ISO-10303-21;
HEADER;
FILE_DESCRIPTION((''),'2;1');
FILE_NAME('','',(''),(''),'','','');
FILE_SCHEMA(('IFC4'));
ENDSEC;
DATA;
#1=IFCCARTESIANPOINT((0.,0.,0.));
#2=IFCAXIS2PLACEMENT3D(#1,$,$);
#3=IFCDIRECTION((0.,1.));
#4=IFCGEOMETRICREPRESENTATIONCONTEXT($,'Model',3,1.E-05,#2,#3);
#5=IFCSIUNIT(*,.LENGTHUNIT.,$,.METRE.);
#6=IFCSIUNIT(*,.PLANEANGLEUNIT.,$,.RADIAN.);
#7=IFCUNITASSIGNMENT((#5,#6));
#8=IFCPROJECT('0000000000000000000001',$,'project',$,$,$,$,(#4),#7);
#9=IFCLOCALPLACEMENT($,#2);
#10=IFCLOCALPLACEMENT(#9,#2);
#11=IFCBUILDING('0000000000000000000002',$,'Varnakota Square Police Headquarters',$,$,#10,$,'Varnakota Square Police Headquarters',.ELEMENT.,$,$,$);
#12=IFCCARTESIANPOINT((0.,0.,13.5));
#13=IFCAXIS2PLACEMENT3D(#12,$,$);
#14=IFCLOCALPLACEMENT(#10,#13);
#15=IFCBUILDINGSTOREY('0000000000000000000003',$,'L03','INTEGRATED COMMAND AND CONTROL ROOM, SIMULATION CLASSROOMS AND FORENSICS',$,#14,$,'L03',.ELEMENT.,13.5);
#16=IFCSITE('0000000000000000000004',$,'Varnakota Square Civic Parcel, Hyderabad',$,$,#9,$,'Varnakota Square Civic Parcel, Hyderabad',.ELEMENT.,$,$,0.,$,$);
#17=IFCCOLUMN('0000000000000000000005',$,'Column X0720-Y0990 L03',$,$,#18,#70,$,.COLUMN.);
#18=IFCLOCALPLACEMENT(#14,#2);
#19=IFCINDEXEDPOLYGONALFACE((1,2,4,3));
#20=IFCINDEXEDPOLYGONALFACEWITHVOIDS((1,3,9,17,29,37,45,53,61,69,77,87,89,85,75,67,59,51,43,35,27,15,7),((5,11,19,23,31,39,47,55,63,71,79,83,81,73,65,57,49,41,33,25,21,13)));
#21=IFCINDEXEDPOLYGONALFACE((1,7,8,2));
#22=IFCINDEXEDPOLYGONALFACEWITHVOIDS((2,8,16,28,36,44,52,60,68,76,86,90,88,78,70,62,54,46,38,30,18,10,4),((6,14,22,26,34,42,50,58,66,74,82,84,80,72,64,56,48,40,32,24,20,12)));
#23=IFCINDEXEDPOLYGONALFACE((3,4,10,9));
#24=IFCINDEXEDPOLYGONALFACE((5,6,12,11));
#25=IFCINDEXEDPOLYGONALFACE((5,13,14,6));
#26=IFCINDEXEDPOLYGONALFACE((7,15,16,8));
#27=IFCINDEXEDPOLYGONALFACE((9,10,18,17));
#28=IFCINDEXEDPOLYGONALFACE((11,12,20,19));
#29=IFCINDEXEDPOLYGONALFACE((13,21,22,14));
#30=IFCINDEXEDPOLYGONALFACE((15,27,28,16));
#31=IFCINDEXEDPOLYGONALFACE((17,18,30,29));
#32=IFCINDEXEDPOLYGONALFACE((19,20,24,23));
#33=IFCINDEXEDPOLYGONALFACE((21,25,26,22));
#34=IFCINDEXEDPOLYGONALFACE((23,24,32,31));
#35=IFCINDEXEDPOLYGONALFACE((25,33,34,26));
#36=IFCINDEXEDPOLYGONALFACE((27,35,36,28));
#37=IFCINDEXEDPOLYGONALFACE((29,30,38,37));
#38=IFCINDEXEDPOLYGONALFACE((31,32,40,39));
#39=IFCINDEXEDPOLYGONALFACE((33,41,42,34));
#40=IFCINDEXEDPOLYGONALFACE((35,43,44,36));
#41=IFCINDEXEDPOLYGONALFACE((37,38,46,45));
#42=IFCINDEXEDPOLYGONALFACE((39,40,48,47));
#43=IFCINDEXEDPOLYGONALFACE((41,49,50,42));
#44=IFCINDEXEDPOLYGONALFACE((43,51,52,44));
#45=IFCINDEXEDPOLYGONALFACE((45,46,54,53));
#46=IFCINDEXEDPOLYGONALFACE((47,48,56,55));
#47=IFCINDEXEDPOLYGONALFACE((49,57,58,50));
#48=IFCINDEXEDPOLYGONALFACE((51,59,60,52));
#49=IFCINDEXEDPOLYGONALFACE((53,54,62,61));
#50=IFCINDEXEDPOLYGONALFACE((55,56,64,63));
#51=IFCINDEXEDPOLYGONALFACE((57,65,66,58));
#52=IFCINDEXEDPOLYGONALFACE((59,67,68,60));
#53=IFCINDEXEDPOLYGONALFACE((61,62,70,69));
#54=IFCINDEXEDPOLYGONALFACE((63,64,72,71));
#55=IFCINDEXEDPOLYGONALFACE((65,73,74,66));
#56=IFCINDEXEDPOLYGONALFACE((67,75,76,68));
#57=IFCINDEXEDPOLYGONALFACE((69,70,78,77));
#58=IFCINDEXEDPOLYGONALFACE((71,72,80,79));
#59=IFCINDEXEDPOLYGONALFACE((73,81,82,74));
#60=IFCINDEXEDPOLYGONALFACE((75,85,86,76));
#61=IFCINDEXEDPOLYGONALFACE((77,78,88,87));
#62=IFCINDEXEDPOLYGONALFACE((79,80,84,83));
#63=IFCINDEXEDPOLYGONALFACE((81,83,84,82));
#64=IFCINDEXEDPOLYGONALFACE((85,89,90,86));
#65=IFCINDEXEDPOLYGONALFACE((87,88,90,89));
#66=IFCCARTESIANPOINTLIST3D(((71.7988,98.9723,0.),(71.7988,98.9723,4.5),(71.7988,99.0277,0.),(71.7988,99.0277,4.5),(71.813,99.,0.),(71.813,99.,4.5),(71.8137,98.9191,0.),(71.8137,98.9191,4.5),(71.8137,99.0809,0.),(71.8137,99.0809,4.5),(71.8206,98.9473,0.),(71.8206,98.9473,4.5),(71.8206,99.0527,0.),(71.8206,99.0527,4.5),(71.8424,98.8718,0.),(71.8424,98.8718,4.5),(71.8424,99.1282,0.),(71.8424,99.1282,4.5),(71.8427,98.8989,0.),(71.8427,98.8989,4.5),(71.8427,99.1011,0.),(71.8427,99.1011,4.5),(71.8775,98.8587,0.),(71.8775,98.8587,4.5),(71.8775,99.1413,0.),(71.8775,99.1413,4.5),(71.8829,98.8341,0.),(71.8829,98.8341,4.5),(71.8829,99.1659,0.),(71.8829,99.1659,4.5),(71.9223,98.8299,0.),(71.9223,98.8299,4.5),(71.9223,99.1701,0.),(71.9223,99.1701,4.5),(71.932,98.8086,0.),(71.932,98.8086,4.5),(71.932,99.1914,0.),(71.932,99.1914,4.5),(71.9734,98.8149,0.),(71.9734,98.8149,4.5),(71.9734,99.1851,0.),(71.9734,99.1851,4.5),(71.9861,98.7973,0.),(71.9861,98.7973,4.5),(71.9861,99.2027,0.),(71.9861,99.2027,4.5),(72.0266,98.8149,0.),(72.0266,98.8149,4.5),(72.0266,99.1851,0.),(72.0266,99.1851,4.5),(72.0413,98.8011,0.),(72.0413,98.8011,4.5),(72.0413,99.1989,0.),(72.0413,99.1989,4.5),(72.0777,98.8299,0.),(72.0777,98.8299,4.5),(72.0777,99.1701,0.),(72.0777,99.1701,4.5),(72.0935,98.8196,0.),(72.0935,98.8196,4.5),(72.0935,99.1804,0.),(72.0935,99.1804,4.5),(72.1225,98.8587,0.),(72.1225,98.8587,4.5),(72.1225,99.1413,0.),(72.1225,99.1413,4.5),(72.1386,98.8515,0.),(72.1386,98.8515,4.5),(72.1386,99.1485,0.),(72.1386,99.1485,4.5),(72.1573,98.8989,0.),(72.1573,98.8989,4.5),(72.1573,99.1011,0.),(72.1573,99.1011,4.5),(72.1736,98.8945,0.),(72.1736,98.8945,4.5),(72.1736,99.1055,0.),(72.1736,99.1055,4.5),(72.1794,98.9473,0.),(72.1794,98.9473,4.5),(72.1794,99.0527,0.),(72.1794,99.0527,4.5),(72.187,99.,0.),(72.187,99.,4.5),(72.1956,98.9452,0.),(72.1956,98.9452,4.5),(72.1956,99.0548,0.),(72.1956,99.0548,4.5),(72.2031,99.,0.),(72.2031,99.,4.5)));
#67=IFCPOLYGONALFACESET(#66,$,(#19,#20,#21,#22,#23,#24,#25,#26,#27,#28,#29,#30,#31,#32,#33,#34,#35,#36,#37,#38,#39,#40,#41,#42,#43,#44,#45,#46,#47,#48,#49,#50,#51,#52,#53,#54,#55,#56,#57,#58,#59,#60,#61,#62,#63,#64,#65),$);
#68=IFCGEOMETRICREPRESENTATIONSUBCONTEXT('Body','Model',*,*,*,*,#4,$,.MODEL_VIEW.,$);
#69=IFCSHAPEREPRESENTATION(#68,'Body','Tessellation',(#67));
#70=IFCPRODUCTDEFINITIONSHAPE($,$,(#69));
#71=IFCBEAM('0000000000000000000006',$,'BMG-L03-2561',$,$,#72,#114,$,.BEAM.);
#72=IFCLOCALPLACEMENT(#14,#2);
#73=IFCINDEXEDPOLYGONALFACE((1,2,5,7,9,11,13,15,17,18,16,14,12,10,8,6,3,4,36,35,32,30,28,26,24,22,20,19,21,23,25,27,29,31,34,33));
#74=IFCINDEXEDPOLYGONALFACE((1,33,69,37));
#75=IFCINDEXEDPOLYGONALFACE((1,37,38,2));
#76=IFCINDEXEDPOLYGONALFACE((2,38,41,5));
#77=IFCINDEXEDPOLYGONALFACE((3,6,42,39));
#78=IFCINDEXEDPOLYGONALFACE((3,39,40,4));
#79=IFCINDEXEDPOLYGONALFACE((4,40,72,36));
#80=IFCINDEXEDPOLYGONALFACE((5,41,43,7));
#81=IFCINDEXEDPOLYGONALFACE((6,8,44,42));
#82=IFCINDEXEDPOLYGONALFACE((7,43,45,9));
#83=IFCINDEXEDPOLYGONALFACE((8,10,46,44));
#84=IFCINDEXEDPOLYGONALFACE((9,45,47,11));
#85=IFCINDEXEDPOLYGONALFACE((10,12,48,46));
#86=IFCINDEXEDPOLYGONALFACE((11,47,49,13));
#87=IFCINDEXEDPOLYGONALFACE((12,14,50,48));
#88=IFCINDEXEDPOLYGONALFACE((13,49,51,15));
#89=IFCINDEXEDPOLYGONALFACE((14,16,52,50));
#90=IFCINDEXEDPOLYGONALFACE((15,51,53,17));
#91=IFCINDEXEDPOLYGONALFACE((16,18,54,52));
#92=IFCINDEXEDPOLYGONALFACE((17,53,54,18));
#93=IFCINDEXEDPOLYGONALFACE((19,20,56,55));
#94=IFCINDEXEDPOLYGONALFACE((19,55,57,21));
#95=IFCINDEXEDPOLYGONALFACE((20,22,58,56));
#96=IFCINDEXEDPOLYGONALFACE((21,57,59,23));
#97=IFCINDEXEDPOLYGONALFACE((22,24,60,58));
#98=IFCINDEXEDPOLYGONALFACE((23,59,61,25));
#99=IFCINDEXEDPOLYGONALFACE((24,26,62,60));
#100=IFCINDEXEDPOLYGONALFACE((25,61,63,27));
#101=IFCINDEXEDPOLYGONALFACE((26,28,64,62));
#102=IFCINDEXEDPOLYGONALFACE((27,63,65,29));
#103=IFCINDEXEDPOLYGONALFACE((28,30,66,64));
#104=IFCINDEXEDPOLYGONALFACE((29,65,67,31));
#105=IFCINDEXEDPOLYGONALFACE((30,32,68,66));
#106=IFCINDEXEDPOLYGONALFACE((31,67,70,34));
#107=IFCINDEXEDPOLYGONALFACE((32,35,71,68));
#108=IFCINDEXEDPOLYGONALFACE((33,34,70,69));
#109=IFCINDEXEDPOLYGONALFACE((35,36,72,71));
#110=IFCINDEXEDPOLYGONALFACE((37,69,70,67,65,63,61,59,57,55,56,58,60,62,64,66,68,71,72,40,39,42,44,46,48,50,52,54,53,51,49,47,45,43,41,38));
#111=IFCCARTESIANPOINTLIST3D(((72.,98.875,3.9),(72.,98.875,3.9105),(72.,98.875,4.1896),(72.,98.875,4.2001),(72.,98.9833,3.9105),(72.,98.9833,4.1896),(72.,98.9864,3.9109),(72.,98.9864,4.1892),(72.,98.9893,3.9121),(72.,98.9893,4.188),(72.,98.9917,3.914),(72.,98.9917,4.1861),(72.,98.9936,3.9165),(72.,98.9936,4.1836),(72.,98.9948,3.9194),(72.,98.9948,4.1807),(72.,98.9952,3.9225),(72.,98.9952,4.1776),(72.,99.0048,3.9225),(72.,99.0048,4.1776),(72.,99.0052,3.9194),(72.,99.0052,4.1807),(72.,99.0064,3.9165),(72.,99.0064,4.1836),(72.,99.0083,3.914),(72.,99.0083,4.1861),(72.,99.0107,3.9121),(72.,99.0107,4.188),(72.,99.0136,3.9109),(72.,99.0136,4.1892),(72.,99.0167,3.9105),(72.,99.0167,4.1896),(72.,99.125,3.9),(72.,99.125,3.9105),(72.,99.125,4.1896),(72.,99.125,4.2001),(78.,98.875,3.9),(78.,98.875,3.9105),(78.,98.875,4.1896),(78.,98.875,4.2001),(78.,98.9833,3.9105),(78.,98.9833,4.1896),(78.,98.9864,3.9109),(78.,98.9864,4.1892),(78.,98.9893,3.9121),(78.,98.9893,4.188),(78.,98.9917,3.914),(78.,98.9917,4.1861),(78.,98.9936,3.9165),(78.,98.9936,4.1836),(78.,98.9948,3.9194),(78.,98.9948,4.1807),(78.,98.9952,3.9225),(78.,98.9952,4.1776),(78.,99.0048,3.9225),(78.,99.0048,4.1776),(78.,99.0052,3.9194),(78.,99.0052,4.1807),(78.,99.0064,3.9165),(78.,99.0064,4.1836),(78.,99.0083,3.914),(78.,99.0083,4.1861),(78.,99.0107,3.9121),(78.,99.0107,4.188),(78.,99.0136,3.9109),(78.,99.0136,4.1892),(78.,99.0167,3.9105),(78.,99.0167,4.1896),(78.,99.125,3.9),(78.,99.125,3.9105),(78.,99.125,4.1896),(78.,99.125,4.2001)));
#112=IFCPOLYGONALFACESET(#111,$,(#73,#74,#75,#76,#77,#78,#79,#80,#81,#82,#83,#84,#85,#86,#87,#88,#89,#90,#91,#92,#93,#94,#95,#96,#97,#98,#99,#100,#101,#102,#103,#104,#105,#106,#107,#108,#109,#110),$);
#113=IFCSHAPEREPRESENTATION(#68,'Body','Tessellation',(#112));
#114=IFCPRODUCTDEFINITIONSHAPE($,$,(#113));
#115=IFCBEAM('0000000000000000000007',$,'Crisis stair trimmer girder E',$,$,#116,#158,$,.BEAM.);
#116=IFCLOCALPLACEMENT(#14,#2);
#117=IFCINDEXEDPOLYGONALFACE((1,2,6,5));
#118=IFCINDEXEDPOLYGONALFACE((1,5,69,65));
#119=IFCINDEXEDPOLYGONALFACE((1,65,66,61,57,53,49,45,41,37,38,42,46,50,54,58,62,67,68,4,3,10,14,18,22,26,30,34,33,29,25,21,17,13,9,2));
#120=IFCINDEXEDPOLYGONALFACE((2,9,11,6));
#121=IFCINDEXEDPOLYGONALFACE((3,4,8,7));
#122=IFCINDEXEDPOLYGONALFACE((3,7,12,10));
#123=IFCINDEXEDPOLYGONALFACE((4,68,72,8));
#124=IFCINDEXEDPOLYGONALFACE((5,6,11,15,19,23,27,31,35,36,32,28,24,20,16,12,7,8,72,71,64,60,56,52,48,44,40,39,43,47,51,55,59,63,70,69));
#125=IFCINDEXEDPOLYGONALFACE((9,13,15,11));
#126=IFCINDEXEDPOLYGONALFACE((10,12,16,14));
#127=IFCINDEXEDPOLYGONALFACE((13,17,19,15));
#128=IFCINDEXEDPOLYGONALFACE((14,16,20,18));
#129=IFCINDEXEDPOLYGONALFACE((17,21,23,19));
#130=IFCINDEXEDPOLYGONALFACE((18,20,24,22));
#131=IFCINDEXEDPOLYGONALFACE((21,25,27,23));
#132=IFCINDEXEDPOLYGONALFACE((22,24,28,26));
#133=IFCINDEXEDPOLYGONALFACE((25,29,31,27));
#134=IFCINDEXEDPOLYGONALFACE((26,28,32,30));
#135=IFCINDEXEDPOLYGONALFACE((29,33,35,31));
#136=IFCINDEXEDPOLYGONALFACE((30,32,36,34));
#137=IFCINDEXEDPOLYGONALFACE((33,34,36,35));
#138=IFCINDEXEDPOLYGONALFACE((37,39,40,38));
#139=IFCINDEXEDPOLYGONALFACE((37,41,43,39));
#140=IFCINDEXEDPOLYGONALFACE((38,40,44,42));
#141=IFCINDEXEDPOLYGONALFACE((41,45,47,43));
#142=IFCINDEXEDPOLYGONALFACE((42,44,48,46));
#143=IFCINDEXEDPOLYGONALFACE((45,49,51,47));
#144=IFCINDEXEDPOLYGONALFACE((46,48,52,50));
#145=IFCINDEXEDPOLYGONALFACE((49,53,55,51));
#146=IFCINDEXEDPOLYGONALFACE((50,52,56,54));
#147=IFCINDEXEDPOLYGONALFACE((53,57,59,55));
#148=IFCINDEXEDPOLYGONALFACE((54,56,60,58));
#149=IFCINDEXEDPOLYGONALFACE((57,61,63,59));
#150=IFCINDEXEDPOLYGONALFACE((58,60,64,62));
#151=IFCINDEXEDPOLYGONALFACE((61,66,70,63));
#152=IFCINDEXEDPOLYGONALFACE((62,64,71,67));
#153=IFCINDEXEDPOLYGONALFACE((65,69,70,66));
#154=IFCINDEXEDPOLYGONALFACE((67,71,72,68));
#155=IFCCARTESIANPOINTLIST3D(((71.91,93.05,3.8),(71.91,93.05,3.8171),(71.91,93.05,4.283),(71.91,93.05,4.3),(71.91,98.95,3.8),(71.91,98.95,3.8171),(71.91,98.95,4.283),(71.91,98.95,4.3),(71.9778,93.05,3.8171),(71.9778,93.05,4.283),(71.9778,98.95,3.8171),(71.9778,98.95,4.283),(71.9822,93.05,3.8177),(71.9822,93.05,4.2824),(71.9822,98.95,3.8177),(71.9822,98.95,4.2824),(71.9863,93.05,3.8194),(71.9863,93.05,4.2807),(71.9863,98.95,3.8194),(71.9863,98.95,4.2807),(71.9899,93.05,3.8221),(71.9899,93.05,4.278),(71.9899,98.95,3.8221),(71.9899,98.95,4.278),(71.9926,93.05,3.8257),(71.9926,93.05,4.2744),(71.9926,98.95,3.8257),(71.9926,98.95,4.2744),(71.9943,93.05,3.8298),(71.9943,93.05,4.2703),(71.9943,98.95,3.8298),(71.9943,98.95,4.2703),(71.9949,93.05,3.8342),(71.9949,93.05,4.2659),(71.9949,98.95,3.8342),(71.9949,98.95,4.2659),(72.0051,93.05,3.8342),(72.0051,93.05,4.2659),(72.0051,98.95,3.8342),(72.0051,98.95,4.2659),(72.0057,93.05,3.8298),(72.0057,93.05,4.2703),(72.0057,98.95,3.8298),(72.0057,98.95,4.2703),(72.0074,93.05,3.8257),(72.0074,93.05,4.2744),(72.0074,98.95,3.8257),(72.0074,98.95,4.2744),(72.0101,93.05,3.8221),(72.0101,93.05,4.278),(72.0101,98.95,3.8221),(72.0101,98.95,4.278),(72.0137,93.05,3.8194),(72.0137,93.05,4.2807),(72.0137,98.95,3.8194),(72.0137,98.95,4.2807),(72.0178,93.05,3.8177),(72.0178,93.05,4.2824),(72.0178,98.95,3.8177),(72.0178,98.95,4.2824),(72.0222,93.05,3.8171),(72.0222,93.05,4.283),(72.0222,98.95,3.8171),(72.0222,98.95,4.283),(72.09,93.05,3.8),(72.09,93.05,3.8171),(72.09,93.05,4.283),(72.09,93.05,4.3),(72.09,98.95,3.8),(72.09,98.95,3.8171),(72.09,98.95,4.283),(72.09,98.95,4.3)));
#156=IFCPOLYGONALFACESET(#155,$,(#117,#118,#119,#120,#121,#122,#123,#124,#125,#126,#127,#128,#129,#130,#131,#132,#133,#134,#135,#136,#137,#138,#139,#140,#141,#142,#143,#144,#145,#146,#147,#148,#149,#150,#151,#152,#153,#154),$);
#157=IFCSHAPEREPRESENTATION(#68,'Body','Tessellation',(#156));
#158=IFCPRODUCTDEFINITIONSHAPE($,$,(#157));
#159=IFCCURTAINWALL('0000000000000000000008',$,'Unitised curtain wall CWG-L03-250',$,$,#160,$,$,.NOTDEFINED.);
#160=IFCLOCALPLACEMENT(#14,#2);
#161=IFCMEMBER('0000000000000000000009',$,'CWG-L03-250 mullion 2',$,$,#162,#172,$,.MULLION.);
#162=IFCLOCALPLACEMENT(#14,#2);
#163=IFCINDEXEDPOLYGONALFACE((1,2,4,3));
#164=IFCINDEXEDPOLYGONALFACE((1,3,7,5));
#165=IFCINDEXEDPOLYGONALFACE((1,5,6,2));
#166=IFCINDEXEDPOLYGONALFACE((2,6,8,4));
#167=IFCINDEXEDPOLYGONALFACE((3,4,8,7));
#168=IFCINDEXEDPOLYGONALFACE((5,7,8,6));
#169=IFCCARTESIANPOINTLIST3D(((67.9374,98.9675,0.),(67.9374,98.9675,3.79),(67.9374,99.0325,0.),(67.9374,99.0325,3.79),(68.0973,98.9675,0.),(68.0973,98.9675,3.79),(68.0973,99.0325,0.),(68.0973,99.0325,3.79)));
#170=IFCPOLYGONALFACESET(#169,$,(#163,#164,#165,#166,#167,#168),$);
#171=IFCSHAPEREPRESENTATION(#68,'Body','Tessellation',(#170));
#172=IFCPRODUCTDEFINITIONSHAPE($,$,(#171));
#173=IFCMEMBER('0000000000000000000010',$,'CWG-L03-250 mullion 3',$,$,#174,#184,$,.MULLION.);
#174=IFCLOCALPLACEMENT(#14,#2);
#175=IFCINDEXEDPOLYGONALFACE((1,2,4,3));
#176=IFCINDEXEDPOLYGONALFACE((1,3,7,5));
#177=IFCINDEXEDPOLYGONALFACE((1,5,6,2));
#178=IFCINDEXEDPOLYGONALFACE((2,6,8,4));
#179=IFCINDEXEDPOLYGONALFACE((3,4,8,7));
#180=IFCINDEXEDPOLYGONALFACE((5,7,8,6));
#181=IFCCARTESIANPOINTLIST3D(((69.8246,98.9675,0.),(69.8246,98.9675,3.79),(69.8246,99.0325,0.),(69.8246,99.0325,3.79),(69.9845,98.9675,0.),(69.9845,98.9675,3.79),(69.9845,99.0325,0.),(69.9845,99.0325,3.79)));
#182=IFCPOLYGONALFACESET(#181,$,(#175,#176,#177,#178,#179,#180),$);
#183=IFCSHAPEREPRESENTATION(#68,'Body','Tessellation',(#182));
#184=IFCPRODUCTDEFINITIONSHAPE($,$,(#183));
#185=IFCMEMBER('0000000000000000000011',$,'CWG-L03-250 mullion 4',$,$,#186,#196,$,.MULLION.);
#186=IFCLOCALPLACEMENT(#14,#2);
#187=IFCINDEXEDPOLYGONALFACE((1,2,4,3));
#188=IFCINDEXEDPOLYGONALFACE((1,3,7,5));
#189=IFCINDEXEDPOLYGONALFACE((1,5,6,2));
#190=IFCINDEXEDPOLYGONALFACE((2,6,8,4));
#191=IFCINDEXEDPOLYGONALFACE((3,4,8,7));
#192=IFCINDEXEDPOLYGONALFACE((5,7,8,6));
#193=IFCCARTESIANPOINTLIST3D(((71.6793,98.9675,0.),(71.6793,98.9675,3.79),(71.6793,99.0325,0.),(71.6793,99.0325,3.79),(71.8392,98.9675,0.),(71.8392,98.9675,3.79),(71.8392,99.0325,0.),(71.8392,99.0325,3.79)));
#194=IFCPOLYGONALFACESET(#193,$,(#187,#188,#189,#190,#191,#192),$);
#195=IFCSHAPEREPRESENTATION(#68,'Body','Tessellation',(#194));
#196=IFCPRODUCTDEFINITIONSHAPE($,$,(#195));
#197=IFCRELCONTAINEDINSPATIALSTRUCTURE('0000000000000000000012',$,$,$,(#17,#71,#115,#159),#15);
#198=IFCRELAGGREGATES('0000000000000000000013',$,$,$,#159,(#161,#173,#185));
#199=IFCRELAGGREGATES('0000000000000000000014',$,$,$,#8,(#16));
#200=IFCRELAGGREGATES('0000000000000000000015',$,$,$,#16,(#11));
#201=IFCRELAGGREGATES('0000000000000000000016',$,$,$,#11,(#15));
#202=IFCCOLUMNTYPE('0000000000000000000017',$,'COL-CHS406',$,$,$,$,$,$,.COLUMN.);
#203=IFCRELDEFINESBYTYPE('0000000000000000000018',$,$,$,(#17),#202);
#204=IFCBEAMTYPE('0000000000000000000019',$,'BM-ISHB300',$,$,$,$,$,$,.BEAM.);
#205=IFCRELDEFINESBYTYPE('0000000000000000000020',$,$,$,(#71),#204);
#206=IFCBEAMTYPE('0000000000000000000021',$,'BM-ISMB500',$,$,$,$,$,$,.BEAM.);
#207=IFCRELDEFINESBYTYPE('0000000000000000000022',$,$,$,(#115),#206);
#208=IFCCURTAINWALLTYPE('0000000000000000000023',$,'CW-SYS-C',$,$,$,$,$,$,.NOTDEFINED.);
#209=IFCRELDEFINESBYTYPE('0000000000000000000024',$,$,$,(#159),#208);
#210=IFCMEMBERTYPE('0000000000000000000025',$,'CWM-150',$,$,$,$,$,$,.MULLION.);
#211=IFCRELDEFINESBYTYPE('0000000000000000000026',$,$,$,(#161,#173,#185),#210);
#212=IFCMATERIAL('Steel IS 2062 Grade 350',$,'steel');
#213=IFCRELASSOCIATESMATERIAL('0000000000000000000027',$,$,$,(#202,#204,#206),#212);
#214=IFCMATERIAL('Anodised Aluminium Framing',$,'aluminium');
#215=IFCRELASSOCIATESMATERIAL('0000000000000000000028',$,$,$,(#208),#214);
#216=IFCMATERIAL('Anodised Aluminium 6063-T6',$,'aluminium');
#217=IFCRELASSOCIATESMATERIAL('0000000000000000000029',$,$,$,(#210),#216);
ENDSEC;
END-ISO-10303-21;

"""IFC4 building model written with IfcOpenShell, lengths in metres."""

from ifc_helpers import new_model, si_unit, direction, frame, origin, origin_2d, place, context, subcontext, project, spatial, rectangle, hollow_circle, i_section, extrude, material, material_profile, profile_set, type_object, element, aggregate, save


model = new_model("IFC4")

# Units and contexts
model_context = context("Model", 3, precision=1e-05, world=origin(), true_north=direction((0.0, 1.0)))
body_context = subcontext(model_context, "Body", "Model", "MODEL_VIEW")
ifc_project = project(units=[si_unit("LENGTHUNIT", "METRE"), si_unit("PLANEANGLEUNIT", "RADIAN")], contexts=[model_context])

# Site, building, storey
site_placement = place(None, origin())
site = spatial("IfcSite", under=ifc_project, at=site_placement, Name="Varnakota Square Civic Parcel, Hyderabad", LongName="Varnakota Square Civic Parcel, Hyderabad", CompositionType="ELEMENT", RefElevation=0.0)
building_placement = place(site_placement, origin())
building = spatial("IfcBuilding", under=site, at=building_placement, Name="Varnakota Square Police Headquarters", LongName="Varnakota Square Police Headquarters", CompositionType="ELEMENT")
storey_placement = place(building_placement, frame((0.0, 0.0, 13.5)))
storey = spatial("IfcBuildingStorey", under=building, at=storey_placement, Name="L03", Description="INTEGRATED COMMAND AND CONTROL ROOM, SIMULATION CLASSROOMS AND FORENSICS", LongName="L03", CompositionType="ELEMENT", Elevation=13.5)

# Column
ifc_material_1 = material(Name="Steel IS 2062 Grade 350", Category="steel")
ifc_material_profile_1 = material_profile(ifc_material_1, hollow_circle(Radius=0.2031, WallThickness=0.0161, at=origin_2d()), Name="CHS 406.4x16.0")
ifc_profile_set_1 = profile_set([ifc_material_profile_1], Name="Steel IS 2062 Grade 350")
column_type = type_object("IfcColumnType", Name="COL-CHS406", PredefinedType="COLUMN", material=ifc_profile_set_1)
column_placement = place(storey_placement, frame((72.0, 99.0, 0.0), z_axis=(0.0, 0.0, 1.0), x_axis=(1.0, 0.0, 0.0)))
element("IfcColumn", 1, at=column_placement, inside=storey, type_object=column_type, Name="Column X0720-Y0990 L03", PredefinedType="COLUMN", context=body_context, shape_type="SweptSolid", body=[
    extrude(hollow_circle(Radius=0.2031, WallThickness=0.0161, at=origin_2d()), origin(), (0.0, 0.0, 1.0), 4.5),
])

# Beams
ifc_material_profile_2 = material_profile(ifc_material_1, i_section(OverallWidth=0.25, OverallDepth=0.3, WebThickness=0.0095, FlangeThickness=0.0105, FilletRadius=0.012, at=origin_2d()), Name="ISHB 300")
ifc_profile_set_2 = profile_set([ifc_material_profile_2], Name="Steel IS 2062 Grade 350")
beam_type_1 = type_object("IfcBeamType", Name="BM-ISHB300", PredefinedType="BEAM", material=ifc_profile_set_2)
beam_1_placement = place(storey_placement, frame((72.0, 99.0, 4.05), z_axis=(1.0, 0.0, 0.0), x_axis=(0.0, 1.0, 0.0)))
element("IfcBeam", 2, at=beam_1_placement, inside=storey, type_object=beam_type_1, Name="BMG-L03-2561", PredefinedType="BEAM", context=body_context, shape_type="SweptSolid", body=[
    extrude(i_section(OverallWidth=0.25, OverallDepth=0.3, WebThickness=0.0095, FlangeThickness=0.0105, FilletRadius=0.012, at=origin_2d()), origin(), (0.0, 0.0, 1.0), 6.0),
])
ifc_material_profile_3 = material_profile(ifc_material_1, i_section(OverallWidth=0.1799, OverallDepth=0.5, WebThickness=0.0103, FlangeThickness=0.0171, FilletRadius=0.0171, at=origin_2d()), Name="ISMB 500")
ifc_profile_set_3 = profile_set([ifc_material_profile_3], Name="Steel IS 2062 Grade 350")
beam_type_2 = type_object("IfcBeamType", Name="BM-ISMB500", PredefinedType="BEAM", material=ifc_profile_set_3)
beam_2_placement = place(storey_placement, frame((72.0, 93.05, 4.05), z_axis=(0.0, 1.0, 0.0), x_axis=(-1.0, 0.0, 0.0)))
element("IfcBeam", 3, at=beam_2_placement, inside=storey, type_object=beam_type_2, Name="Crisis stair trimmer girder E", PredefinedType="BEAM", context=body_context, shape_type="SweptSolid", body=[
    extrude(i_section(OverallWidth=0.1799, OverallDepth=0.5, WebThickness=0.0103, FlangeThickness=0.0171, FilletRadius=0.0171, at=origin_2d()), origin(), (0.0, 0.0, 1.0), 5.8999),
])

# Curtain wall, members
ifc_material_2 = material(Name="Anodised Aluminium Framing", Category="aluminium")
curtain_wall_type = type_object("IfcCurtainWallType", Name="CW-SYS-C", PredefinedType="NOTDEFINED", material=ifc_material_2)
curtain_wall_1_placement = place(storey_placement, origin())
curtain_wall_1 = element("IfcCurtainWall", 4, at=curtain_wall_1_placement, inside=storey, type_object=curtain_wall_type, Name="Unitised curtain wall CWG-L03-250", PredefinedType="NOTDEFINED")
ifc_material_3 = material(Name="Anodised Aluminium 6063-T6", Category="aluminium")
ifc_material_profile_4 = material_profile(ifc_material_3, rectangle(XDim=0.0649, YDim=0.1599, at=origin_2d()), Name="ALU MULLION 65x160")
ifc_profile_set_4 = profile_set([ifc_material_profile_4], Name="Anodised Aluminium 6063-T6")
member_type_1 = type_object("IfcMemberType", Name="CWM-150", PredefinedType="MULLION", material=ifc_profile_set_4)
member_1_placement = place(storey_placement, frame((68.0173, 99.0, 0.0), z_axis=(0.0, 0.0, 1.0), x_axis=(0.0, 1.0, 0.0)))
member_1 = element("IfcMember", 5, at=member_1_placement, type_object=member_type_1, Name="CWG-L03-250 mullion 2", PredefinedType="MULLION", context=body_context, shape_type="SweptSolid", body=[
    extrude(rectangle(XDim=0.0649, YDim=0.1599, at=origin_2d()), origin(), (0.0, 0.0, 1.0), 3.79),
])
member_2_placement = place(storey_placement, frame((69.9045, 99.0, 0.0), z_axis=(0.0, 0.0, 1.0), x_axis=(0.0, 1.0, 0.0)))
member_2 = element("IfcMember", 6, at=member_2_placement, type_object=member_type_1, Name="CWG-L03-250 mullion 3", PredefinedType="MULLION", context=body_context, shape_type="SweptSolid", body=[
    extrude(rectangle(XDim=0.0649, YDim=0.1599, at=origin_2d()), origin(), (0.0, 0.0, 1.0), 3.79),
])
member_3_placement = place(storey_placement, frame((71.7593, 99.0, 0.0), z_axis=(0.0, 0.0, 1.0), x_axis=(0.0, 1.0, 0.0)))
member_3 = element("IfcMember", 7, at=member_3_placement, type_object=member_type_1, Name="CWG-L03-250 mullion 4", PredefinedType="MULLION", context=body_context, shape_type="SweptSolid", body=[
    extrude(rectangle(XDim=0.0649, YDim=0.1599, at=origin_2d()), origin(), (0.0, 0.0, 1.0), 3.79),
])

aggregate(curtain_wall_1, [member_1, member_2, member_3])

save(model, "model.ifc")
